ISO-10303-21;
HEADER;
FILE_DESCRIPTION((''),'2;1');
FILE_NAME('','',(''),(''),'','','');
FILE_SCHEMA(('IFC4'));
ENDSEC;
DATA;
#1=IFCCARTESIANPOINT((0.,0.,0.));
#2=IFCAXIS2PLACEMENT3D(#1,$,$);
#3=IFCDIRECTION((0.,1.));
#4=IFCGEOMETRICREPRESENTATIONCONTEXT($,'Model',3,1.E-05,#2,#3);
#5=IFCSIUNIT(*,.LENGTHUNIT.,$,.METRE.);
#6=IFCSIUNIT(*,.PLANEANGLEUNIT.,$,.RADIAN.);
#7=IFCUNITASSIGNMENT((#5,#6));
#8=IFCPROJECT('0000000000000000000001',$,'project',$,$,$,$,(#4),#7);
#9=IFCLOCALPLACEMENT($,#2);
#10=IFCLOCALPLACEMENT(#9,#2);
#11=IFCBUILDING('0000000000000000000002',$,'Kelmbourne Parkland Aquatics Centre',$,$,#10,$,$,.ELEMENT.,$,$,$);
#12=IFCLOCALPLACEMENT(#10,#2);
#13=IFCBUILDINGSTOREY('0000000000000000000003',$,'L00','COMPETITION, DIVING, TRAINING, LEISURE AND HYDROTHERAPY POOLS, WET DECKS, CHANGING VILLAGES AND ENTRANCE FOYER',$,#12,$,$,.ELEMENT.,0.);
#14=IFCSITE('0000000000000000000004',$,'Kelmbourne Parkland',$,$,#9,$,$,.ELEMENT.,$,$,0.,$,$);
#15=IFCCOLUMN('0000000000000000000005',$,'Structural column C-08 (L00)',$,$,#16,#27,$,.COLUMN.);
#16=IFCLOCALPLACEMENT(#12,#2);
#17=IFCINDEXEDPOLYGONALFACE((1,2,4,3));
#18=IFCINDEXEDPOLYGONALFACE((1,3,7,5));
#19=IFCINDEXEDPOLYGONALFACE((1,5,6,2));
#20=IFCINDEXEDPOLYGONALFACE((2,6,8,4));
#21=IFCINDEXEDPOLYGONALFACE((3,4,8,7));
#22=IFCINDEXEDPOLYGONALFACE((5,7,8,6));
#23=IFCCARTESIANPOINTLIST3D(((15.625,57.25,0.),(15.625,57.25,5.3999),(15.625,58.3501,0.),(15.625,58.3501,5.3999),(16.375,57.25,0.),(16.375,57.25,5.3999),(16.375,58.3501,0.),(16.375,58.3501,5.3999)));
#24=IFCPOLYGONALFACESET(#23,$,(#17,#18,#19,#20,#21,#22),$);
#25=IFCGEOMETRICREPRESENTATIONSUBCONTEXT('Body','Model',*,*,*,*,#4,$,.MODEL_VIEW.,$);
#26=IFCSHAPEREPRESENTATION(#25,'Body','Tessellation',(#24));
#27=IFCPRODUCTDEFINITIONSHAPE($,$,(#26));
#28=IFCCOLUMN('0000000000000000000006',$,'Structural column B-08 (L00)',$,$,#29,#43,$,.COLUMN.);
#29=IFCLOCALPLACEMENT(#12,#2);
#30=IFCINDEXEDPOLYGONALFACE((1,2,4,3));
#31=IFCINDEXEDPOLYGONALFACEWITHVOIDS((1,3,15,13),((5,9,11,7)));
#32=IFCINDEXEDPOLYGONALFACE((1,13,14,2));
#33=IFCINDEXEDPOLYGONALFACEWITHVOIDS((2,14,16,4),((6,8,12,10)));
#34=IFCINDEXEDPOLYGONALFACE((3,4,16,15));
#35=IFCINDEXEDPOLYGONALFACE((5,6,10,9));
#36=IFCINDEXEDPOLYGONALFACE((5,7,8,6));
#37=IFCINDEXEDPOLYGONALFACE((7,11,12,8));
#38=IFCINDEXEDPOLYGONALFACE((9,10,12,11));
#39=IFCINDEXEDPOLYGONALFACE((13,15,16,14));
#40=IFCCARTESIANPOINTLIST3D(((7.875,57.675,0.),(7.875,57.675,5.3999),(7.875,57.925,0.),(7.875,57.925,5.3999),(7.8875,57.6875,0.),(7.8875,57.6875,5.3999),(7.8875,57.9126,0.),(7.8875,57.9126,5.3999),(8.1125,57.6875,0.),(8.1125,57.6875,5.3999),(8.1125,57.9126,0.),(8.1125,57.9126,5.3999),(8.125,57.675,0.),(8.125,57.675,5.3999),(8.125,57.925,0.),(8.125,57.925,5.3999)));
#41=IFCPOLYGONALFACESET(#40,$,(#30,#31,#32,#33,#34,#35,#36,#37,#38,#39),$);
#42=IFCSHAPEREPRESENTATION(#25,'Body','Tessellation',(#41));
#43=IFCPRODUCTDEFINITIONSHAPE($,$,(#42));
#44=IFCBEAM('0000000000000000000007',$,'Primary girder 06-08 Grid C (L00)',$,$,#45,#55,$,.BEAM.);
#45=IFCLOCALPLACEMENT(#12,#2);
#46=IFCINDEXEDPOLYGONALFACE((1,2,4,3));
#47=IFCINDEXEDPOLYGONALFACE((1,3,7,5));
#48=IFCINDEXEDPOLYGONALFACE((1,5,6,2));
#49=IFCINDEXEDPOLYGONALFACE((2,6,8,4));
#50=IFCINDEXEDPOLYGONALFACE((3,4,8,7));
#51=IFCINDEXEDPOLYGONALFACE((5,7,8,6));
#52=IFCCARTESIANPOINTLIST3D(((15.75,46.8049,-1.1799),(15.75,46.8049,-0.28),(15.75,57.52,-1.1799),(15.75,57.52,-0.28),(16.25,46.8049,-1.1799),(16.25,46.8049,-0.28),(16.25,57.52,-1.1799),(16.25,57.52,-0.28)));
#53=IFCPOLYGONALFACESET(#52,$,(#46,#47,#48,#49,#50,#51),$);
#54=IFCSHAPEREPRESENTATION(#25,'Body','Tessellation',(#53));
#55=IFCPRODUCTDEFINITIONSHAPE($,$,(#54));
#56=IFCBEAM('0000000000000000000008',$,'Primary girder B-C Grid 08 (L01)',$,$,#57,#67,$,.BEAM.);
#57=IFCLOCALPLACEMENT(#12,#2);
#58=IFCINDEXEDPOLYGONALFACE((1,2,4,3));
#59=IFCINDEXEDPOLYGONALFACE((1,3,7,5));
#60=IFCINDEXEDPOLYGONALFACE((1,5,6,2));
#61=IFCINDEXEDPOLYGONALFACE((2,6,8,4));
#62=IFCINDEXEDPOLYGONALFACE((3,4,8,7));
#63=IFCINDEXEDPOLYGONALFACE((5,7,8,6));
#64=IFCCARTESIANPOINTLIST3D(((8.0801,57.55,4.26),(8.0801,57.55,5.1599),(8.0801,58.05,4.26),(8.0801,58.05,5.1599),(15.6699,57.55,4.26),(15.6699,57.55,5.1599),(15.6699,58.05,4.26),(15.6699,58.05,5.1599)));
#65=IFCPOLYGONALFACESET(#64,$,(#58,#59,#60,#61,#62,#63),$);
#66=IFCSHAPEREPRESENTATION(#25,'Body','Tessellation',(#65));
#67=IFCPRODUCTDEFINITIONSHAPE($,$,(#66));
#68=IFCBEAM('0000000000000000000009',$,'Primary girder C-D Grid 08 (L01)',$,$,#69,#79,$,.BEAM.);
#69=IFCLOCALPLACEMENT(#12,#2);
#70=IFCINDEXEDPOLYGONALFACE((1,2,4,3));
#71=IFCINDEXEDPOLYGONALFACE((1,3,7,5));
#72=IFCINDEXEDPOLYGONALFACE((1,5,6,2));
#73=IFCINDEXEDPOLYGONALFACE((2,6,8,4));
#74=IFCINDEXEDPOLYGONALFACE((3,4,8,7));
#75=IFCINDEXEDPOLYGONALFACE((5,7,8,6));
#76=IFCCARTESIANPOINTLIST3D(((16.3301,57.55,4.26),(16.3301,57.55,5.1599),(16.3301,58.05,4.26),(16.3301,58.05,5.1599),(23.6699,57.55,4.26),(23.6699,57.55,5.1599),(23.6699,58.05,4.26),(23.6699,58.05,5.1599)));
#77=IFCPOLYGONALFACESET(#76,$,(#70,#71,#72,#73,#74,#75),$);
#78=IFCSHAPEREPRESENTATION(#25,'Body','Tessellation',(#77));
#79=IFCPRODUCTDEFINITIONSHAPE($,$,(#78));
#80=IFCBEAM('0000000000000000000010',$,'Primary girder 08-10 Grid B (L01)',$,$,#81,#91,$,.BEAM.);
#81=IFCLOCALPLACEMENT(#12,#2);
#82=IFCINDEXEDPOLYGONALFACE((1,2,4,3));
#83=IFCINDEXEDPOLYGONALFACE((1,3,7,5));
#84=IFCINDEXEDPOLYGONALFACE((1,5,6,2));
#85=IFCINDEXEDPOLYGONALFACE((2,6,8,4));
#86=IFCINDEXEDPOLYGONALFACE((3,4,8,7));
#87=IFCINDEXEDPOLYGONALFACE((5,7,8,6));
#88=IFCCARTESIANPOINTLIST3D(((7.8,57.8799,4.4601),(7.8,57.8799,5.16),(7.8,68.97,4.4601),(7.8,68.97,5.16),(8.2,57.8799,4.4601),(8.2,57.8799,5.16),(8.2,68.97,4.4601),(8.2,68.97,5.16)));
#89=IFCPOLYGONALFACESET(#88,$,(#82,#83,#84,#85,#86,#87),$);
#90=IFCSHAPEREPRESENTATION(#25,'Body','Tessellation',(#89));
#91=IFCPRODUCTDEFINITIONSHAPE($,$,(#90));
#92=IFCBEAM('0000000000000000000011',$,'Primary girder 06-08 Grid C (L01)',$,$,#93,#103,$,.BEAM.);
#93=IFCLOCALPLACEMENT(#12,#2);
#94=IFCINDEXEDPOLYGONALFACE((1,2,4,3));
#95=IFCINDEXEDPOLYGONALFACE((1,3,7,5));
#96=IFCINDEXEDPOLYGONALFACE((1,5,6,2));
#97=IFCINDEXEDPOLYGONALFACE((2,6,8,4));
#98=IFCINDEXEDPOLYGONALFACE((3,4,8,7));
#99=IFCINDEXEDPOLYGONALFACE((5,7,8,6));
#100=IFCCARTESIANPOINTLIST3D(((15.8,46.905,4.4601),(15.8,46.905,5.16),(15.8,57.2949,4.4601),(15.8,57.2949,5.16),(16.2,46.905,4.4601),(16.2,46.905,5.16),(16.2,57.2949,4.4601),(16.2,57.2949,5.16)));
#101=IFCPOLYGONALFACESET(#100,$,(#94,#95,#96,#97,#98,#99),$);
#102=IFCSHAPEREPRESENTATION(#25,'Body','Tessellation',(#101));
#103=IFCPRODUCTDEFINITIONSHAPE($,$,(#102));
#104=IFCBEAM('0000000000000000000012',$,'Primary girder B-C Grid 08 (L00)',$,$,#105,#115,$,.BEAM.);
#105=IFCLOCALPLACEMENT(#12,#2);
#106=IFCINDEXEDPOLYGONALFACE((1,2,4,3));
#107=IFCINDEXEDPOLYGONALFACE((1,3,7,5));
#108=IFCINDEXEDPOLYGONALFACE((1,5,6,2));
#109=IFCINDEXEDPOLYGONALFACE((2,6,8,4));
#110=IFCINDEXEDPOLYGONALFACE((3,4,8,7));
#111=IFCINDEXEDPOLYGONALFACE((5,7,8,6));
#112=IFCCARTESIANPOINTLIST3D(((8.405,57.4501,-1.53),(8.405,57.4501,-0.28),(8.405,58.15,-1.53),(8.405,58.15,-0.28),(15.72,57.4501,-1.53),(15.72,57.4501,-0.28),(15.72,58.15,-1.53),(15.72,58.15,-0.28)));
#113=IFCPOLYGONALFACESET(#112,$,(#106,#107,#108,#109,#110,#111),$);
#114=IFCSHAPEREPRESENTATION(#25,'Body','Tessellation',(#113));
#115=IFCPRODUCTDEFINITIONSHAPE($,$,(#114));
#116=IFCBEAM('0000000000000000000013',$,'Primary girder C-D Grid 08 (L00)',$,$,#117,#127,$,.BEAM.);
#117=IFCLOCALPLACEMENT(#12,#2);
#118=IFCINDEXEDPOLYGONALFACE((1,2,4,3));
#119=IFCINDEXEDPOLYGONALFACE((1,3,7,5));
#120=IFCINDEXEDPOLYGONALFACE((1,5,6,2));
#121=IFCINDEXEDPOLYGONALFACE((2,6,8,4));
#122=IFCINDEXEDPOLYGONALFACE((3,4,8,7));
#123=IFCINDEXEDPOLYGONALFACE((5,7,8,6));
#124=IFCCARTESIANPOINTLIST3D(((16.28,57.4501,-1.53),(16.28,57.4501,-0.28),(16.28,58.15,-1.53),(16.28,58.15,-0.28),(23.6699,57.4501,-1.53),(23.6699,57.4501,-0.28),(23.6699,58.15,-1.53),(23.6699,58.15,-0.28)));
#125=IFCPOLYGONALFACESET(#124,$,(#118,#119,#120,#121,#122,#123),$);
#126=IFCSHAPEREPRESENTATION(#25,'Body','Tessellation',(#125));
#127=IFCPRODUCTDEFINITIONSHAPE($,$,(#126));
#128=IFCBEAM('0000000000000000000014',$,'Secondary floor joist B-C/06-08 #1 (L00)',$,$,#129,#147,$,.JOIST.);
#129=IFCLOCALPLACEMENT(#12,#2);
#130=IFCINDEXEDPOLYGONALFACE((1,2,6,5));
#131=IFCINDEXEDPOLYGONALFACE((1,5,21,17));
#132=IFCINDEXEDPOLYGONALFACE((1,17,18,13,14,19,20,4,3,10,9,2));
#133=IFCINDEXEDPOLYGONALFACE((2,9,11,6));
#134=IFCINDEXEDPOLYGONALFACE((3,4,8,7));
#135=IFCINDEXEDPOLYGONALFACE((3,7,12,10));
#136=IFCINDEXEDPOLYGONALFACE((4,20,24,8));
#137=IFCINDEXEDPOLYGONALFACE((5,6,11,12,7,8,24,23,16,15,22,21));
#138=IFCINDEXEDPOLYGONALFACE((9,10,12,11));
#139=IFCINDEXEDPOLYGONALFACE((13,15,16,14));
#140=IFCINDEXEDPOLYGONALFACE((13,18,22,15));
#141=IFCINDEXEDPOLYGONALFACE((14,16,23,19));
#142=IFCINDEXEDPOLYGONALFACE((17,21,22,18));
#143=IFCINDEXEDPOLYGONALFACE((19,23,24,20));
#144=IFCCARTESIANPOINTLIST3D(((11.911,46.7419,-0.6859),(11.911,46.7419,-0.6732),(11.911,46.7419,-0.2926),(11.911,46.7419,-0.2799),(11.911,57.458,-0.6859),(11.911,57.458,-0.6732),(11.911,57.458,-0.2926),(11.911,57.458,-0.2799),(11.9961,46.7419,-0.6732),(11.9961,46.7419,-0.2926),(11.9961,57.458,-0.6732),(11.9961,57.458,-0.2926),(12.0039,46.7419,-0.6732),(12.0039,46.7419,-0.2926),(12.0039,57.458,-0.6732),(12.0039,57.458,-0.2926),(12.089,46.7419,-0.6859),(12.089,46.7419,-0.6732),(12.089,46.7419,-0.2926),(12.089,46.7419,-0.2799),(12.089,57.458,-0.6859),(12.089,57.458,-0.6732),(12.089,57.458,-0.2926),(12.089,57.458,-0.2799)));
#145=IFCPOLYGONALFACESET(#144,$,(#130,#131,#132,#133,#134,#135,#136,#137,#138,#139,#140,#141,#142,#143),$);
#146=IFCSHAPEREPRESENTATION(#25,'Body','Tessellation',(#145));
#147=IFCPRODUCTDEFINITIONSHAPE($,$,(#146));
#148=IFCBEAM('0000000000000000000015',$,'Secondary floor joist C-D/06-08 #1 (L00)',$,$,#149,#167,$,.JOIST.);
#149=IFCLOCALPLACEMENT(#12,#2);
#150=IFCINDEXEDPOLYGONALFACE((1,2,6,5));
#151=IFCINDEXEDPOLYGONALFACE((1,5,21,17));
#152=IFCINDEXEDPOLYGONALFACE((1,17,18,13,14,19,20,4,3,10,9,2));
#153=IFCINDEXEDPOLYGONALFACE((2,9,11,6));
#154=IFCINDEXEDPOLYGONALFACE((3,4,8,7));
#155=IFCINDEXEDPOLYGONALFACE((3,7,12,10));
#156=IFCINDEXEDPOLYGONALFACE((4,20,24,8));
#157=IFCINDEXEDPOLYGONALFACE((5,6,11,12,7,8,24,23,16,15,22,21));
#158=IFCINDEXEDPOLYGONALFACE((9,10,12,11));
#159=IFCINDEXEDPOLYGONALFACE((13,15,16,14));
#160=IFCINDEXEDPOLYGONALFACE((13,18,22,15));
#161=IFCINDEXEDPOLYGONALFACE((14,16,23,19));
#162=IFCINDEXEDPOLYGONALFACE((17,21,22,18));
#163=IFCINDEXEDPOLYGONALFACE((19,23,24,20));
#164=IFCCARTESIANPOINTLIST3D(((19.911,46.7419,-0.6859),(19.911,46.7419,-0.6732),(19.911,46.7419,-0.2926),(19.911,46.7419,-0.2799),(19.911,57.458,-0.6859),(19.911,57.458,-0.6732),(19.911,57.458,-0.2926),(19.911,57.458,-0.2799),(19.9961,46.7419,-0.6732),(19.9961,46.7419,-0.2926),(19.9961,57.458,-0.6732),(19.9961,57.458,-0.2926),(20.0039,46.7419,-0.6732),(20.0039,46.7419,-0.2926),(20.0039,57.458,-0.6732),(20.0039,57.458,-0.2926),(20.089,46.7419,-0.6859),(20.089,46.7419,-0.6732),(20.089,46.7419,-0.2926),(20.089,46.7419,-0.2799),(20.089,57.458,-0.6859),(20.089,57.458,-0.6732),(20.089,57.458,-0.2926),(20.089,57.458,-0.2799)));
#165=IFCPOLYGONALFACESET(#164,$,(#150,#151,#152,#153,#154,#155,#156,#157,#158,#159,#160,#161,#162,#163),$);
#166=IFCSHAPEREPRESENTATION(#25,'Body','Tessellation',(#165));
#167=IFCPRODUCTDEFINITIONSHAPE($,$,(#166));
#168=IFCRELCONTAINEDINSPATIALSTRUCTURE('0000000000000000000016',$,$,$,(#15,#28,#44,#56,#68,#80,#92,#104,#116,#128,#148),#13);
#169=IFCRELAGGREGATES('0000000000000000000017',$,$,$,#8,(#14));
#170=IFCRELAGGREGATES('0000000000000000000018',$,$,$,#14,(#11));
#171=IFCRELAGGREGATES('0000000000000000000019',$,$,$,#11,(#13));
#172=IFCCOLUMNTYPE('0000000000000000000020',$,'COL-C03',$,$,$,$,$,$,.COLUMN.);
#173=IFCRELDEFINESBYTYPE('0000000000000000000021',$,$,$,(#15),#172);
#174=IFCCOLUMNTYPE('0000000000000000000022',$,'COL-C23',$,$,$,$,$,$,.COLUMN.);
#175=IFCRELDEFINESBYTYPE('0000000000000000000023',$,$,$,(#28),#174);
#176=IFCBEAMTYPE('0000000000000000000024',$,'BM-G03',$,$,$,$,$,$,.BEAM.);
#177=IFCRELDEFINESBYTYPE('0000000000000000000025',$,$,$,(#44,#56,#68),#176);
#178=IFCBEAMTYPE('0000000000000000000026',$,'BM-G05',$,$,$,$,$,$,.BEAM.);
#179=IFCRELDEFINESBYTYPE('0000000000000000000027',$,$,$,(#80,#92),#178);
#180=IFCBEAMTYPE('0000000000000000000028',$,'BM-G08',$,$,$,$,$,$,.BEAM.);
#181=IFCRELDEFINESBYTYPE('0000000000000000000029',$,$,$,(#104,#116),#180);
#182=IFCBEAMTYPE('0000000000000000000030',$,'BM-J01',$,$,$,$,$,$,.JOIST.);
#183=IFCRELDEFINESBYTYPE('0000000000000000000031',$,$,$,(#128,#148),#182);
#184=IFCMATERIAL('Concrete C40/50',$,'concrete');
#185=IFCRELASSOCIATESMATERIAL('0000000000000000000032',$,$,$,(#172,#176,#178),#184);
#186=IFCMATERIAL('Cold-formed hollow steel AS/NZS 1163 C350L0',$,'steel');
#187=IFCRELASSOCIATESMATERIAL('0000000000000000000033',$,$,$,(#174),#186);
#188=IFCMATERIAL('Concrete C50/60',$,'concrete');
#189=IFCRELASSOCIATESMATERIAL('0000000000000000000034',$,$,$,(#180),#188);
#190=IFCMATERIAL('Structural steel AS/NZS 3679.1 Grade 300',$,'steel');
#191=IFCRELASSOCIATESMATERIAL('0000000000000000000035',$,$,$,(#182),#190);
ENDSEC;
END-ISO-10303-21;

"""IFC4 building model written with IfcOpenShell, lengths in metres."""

from ifc_helpers import new_model, si_unit, direction, frame, origin, origin_2d, place, context, subcontext, project, spatial, rectangle, hollow_rectangle, i_section, extrude, material, material_profile, profile_set, type_object, element, save


model = new_model("IFC4")

# Units and contexts
model_context = context("Model", 3, precision=1e-05, world=origin(), true_north=direction((0.0, 1.0)))
body_context = subcontext(model_context, "Body", "Model", "MODEL_VIEW")
ifc_project = project(units=[si_unit("LENGTHUNIT", "METRE"), si_unit("PLANEANGLEUNIT", "RADIAN")], contexts=[model_context])

# Site, building, storey
site_placement = place(None, origin())
site = spatial("IfcSite", under=ifc_project, at=site_placement, Name="Kelmbourne Parkland", CompositionType="ELEMENT", RefElevation=0.0)
building_placement = place(site_placement, origin())
building = spatial("IfcBuilding", under=site, at=building_placement, Name="Kelmbourne Parkland Aquatics Centre", CompositionType="ELEMENT")
storey_placement = place(building_placement, origin())
storey = spatial("IfcBuildingStorey", under=building, at=storey_placement, Name="L00", Description="COMPETITION, DIVING, TRAINING, LEISURE AND HYDROTHERAPY POOLS, WET DECKS, CHANGING VILLAGES AND ENTRANCE FOYER", CompositionType="ELEMENT", Elevation=0.0)

# Columns
ifc_material_1 = material(Name="Concrete C40/50", Category="concrete")
ifc_material_profile_1 = material_profile(ifc_material_1, rectangle(XDim=0.75, YDim=1.1001, at=origin_2d()), Name="RC 750x1100")
ifc_profile_set_1 = profile_set([ifc_material_profile_1], Name="Concrete C40/50")
column_type_1 = type_object("IfcColumnType", Name="COL-C03", PredefinedType="COLUMN", material=ifc_profile_set_1)
column_1_placement = place(storey_placement, frame((16.0, 57.8, 0.0), z_axis=(0.0, 0.0, 1.0), x_axis=(1.0, 0.0, 0.0)))
element("IfcColumn", 1, at=column_1_placement, inside=storey, type_object=column_type_1, Name="Structural column C-08 (L00)", PredefinedType="COLUMN", context=body_context, shape_type="SweptSolid", body=[
    extrude(rectangle(XDim=0.75, YDim=1.1001, at=origin_2d()), origin(), (0.0, 0.0, 1.0), 5.3999),
])
ifc_material_2 = material(Name="Cold-formed hollow steel AS/NZS 1163 C350L0", Category="steel")
ifc_material_profile_2 = material_profile(ifc_material_2, hollow_rectangle(XDim=0.25, YDim=0.25, WallThickness=0.0125, at=origin_2d()), Name="SHS 250x250x12.5")
ifc_profile_set_2 = profile_set([ifc_material_profile_2], Name="Cold-formed hollow steel AS/NZS 1163 C350L0")
column_type_2 = type_object("IfcColumnType", Name="COL-C23", PredefinedType="COLUMN", material=ifc_profile_set_2)
column_2_placement = place(storey_placement, frame((8.0, 57.8, 0.0), z_axis=(0.0, 0.0, 1.0), x_axis=(1.0, 0.0, 0.0)))
element("IfcColumn", 2, at=column_2_placement, inside=storey, type_object=column_type_2, Name="Structural column B-08 (L00)", PredefinedType="COLUMN", context=body_context, shape_type="SweptSolid", body=[
    extrude(hollow_rectangle(XDim=0.25, YDim=0.25, WallThickness=0.0125, at=origin_2d()), origin(), (0.0, 0.0, 1.0), 5.3999),
])

# Beams
ifc_material_profile_3 = material_profile(ifc_material_1, rectangle(XDim=0.5, YDim=0.8999, at=origin_2d()), Name="RC 500x900")
ifc_profile_set_3 = profile_set([ifc_material_profile_3], Name="Concrete C40/50")
beam_type_1 = type_object("IfcBeamType", Name="BM-G03", PredefinedType="BEAM", material=ifc_profile_set_3)
beam_1_placement = place(storey_placement, frame((16.0, 46.8049, -0.73), z_axis=(0.0, 1.0, 0.0), x_axis=(-1.0, 0.0, 0.0)))
element("IfcBeam", 3, at=beam_1_placement, inside=storey, type_object=beam_type_1, Name="Primary girder 06-08 Grid C (L00)", PredefinedType="BEAM", context=body_context, shape_type="SweptSolid", body=[
    extrude(rectangle(XDim=0.5, YDim=0.8999, at=origin_2d()), origin(), (0.0, 0.0, 1.0), 10.7151),
])
beam_2_placement = place(storey_placement, frame((8.0801, 57.8, 4.71), z_axis=(1.0, 0.0, 0.0), x_axis=(0.0, 1.0, 0.0)))
element("IfcBeam", 4, at=beam_2_placement, inside=storey, type_object=beam_type_1, Name="Primary girder B-C Grid 08 (L01)", PredefinedType="BEAM", context=body_context, shape_type="SweptSolid", body=[
    extrude(rectangle(XDim=0.5, YDim=0.8999, at=origin_2d()), origin(), (0.0, 0.0, 1.0), 7.5898),
])
beam_3_placement = place(storey_placement, frame((16.3301, 57.8, 4.71), z_axis=(1.0, 0.0, 0.0), x_axis=(0.0, 1.0, 0.0)))
element("IfcBeam", 5, at=beam_3_placement, inside=storey, type_object=beam_type_1, Name="Primary girder C-D Grid 08 (L01)", PredefinedType="BEAM", context=body_context, shape_type="SweptSolid", body=[
    extrude(rectangle(XDim=0.5, YDim=0.8999, at=origin_2d()), origin(), (0.0, 0.0, 1.0), 7.3398),
])
ifc_material_profile_4 = material_profile(ifc_material_1, rectangle(XDim=0.3999, YDim=0.7, at=origin_2d()), Name="RC 400x700")
ifc_profile_set_4 = profile_set([ifc_material_profile_4], Name="Concrete C40/50")
beam_type_2 = type_object("IfcBeamType", Name="BM-G05", PredefinedType="BEAM", material=ifc_profile_set_4)
beam_4_placement = place(storey_placement, frame((8.0, 57.8799, 4.8101), z_axis=(0.0, 1.0, 0.0), x_axis=(-1.0, 0.0, 0.0)))
element("IfcBeam", 6, at=beam_4_placement, inside=storey, type_object=beam_type_2, Name="Primary girder 08-10 Grid B (L01)", PredefinedType="BEAM", context=body_context, shape_type="SweptSolid", body=[
    extrude(rectangle(XDim=0.3999, YDim=0.7, at=origin_2d()), origin(), (0.0, 0.0, 1.0), 11.0901),
])
beam_5_placement = place(storey_placement, frame((16.0, 46.905, 4.8101), z_axis=(0.0, 1.0, 0.0), x_axis=(-1.0, 0.0, 0.0)))
element("IfcBeam", 7, at=beam_5_placement, inside=storey, type_object=beam_type_2, Name="Primary girder 06-08 Grid C (L01)", PredefinedType="BEAM", context=body_context, shape_type="SweptSolid", body=[
    extrude(rectangle(XDim=0.3999, YDim=0.7, at=origin_2d()), origin(), (0.0, 0.0, 1.0), 10.3899),
])
ifc_material_3 = material(Name="Concrete C50/60", Category="concrete")
ifc_material_profile_5 = material_profile(ifc_material_3, rectangle(XDim=0.7, YDim=1.25, at=origin_2d()), Name="RC 700x1250")
ifc_profile_set_5 = profile_set([ifc_material_profile_5], Name="Concrete C50/60")
beam_type_3 = type_object("IfcBeamType", Name="BM-G08", PredefinedType="BEAM", material=ifc_profile_set_5)
beam_6_placement = place(storey_placement, frame((8.405, 57.8, -0.905), z_axis=(1.0, 0.0, 0.0), x_axis=(0.0, 1.0, 0.0)))
element("IfcBeam", 8, at=beam_6_placement, inside=storey, type_object=beam_type_3, Name="Primary girder B-C Grid 08 (L00)", PredefinedType="BEAM", context=body_context, shape_type="SweptSolid", body=[
    extrude(rectangle(XDim=0.7, YDim=1.25, at=origin_2d()), origin(), (0.0, 0.0, 1.0), 7.3149),
])
beam_7_placement = place(storey_placement, frame((16.28, 57.8, -0.905), z_axis=(1.0, 0.0, 0.0), x_axis=(0.0, 1.0, 0.0)))
element("IfcBeam", 9, at=beam_7_placement, inside=storey, type_object=beam_type_3, Name="Primary girder C-D Grid 08 (L00)", PredefinedType="BEAM", context=body_context, shape_type="SweptSolid", body=[
    extrude(rectangle(XDim=0.7, YDim=1.25, at=origin_2d()), origin(), (0.0, 0.0, 1.0), 7.3899),
])
ifc_material_4 = material(Name="Structural steel AS/NZS 3679.1 Grade 300", Category="steel")
ifc_material_profile_6 = material_profile(ifc_material_4, i_section(OverallWidth=0.178, OverallDepth=0.406, WebThickness=0.0078, FlangeThickness=0.0127, at=origin_2d()), Name="410UB59.7")
ifc_profile_set_6 = profile_set([ifc_material_profile_6], Name="Structural steel AS/NZS 3679.1 Grade 300")
beam_type_4 = type_object("IfcBeamType", Name="BM-J01", PredefinedType="JOIST", material=ifc_profile_set_6)
for number, where, z_axis, x_axis, name in (
    (10, (12.0, 46.7419, -0.4829), (0.0, 1.0, 0.0), (-1.0, 0.0, 0.0), "Secondary floor joist B-C/06-08 #1 (L00)"),
    (11, (20.0, 46.7419, -0.4829), (0.0, 1.0, 0.0), (-1.0, 0.0, 0.0), "Secondary floor joist C-D/06-08 #1 (L00)"),
):
    element("IfcBeam", number, at=place(storey_placement, frame(where, z_axis=z_axis, x_axis=x_axis)), inside=storey, type_object=beam_type_4, Name=name, PredefinedType="JOIST", context=body_context, shape_type="SweptSolid", body=[
        extrude(i_section(OverallWidth=0.178, OverallDepth=0.406, WebThickness=0.0078, FlangeThickness=0.0127, at=origin_2d()), origin(), (0.0, 0.0, 1.0), 10.7161),
    ])

save(model, "model.ifc")
